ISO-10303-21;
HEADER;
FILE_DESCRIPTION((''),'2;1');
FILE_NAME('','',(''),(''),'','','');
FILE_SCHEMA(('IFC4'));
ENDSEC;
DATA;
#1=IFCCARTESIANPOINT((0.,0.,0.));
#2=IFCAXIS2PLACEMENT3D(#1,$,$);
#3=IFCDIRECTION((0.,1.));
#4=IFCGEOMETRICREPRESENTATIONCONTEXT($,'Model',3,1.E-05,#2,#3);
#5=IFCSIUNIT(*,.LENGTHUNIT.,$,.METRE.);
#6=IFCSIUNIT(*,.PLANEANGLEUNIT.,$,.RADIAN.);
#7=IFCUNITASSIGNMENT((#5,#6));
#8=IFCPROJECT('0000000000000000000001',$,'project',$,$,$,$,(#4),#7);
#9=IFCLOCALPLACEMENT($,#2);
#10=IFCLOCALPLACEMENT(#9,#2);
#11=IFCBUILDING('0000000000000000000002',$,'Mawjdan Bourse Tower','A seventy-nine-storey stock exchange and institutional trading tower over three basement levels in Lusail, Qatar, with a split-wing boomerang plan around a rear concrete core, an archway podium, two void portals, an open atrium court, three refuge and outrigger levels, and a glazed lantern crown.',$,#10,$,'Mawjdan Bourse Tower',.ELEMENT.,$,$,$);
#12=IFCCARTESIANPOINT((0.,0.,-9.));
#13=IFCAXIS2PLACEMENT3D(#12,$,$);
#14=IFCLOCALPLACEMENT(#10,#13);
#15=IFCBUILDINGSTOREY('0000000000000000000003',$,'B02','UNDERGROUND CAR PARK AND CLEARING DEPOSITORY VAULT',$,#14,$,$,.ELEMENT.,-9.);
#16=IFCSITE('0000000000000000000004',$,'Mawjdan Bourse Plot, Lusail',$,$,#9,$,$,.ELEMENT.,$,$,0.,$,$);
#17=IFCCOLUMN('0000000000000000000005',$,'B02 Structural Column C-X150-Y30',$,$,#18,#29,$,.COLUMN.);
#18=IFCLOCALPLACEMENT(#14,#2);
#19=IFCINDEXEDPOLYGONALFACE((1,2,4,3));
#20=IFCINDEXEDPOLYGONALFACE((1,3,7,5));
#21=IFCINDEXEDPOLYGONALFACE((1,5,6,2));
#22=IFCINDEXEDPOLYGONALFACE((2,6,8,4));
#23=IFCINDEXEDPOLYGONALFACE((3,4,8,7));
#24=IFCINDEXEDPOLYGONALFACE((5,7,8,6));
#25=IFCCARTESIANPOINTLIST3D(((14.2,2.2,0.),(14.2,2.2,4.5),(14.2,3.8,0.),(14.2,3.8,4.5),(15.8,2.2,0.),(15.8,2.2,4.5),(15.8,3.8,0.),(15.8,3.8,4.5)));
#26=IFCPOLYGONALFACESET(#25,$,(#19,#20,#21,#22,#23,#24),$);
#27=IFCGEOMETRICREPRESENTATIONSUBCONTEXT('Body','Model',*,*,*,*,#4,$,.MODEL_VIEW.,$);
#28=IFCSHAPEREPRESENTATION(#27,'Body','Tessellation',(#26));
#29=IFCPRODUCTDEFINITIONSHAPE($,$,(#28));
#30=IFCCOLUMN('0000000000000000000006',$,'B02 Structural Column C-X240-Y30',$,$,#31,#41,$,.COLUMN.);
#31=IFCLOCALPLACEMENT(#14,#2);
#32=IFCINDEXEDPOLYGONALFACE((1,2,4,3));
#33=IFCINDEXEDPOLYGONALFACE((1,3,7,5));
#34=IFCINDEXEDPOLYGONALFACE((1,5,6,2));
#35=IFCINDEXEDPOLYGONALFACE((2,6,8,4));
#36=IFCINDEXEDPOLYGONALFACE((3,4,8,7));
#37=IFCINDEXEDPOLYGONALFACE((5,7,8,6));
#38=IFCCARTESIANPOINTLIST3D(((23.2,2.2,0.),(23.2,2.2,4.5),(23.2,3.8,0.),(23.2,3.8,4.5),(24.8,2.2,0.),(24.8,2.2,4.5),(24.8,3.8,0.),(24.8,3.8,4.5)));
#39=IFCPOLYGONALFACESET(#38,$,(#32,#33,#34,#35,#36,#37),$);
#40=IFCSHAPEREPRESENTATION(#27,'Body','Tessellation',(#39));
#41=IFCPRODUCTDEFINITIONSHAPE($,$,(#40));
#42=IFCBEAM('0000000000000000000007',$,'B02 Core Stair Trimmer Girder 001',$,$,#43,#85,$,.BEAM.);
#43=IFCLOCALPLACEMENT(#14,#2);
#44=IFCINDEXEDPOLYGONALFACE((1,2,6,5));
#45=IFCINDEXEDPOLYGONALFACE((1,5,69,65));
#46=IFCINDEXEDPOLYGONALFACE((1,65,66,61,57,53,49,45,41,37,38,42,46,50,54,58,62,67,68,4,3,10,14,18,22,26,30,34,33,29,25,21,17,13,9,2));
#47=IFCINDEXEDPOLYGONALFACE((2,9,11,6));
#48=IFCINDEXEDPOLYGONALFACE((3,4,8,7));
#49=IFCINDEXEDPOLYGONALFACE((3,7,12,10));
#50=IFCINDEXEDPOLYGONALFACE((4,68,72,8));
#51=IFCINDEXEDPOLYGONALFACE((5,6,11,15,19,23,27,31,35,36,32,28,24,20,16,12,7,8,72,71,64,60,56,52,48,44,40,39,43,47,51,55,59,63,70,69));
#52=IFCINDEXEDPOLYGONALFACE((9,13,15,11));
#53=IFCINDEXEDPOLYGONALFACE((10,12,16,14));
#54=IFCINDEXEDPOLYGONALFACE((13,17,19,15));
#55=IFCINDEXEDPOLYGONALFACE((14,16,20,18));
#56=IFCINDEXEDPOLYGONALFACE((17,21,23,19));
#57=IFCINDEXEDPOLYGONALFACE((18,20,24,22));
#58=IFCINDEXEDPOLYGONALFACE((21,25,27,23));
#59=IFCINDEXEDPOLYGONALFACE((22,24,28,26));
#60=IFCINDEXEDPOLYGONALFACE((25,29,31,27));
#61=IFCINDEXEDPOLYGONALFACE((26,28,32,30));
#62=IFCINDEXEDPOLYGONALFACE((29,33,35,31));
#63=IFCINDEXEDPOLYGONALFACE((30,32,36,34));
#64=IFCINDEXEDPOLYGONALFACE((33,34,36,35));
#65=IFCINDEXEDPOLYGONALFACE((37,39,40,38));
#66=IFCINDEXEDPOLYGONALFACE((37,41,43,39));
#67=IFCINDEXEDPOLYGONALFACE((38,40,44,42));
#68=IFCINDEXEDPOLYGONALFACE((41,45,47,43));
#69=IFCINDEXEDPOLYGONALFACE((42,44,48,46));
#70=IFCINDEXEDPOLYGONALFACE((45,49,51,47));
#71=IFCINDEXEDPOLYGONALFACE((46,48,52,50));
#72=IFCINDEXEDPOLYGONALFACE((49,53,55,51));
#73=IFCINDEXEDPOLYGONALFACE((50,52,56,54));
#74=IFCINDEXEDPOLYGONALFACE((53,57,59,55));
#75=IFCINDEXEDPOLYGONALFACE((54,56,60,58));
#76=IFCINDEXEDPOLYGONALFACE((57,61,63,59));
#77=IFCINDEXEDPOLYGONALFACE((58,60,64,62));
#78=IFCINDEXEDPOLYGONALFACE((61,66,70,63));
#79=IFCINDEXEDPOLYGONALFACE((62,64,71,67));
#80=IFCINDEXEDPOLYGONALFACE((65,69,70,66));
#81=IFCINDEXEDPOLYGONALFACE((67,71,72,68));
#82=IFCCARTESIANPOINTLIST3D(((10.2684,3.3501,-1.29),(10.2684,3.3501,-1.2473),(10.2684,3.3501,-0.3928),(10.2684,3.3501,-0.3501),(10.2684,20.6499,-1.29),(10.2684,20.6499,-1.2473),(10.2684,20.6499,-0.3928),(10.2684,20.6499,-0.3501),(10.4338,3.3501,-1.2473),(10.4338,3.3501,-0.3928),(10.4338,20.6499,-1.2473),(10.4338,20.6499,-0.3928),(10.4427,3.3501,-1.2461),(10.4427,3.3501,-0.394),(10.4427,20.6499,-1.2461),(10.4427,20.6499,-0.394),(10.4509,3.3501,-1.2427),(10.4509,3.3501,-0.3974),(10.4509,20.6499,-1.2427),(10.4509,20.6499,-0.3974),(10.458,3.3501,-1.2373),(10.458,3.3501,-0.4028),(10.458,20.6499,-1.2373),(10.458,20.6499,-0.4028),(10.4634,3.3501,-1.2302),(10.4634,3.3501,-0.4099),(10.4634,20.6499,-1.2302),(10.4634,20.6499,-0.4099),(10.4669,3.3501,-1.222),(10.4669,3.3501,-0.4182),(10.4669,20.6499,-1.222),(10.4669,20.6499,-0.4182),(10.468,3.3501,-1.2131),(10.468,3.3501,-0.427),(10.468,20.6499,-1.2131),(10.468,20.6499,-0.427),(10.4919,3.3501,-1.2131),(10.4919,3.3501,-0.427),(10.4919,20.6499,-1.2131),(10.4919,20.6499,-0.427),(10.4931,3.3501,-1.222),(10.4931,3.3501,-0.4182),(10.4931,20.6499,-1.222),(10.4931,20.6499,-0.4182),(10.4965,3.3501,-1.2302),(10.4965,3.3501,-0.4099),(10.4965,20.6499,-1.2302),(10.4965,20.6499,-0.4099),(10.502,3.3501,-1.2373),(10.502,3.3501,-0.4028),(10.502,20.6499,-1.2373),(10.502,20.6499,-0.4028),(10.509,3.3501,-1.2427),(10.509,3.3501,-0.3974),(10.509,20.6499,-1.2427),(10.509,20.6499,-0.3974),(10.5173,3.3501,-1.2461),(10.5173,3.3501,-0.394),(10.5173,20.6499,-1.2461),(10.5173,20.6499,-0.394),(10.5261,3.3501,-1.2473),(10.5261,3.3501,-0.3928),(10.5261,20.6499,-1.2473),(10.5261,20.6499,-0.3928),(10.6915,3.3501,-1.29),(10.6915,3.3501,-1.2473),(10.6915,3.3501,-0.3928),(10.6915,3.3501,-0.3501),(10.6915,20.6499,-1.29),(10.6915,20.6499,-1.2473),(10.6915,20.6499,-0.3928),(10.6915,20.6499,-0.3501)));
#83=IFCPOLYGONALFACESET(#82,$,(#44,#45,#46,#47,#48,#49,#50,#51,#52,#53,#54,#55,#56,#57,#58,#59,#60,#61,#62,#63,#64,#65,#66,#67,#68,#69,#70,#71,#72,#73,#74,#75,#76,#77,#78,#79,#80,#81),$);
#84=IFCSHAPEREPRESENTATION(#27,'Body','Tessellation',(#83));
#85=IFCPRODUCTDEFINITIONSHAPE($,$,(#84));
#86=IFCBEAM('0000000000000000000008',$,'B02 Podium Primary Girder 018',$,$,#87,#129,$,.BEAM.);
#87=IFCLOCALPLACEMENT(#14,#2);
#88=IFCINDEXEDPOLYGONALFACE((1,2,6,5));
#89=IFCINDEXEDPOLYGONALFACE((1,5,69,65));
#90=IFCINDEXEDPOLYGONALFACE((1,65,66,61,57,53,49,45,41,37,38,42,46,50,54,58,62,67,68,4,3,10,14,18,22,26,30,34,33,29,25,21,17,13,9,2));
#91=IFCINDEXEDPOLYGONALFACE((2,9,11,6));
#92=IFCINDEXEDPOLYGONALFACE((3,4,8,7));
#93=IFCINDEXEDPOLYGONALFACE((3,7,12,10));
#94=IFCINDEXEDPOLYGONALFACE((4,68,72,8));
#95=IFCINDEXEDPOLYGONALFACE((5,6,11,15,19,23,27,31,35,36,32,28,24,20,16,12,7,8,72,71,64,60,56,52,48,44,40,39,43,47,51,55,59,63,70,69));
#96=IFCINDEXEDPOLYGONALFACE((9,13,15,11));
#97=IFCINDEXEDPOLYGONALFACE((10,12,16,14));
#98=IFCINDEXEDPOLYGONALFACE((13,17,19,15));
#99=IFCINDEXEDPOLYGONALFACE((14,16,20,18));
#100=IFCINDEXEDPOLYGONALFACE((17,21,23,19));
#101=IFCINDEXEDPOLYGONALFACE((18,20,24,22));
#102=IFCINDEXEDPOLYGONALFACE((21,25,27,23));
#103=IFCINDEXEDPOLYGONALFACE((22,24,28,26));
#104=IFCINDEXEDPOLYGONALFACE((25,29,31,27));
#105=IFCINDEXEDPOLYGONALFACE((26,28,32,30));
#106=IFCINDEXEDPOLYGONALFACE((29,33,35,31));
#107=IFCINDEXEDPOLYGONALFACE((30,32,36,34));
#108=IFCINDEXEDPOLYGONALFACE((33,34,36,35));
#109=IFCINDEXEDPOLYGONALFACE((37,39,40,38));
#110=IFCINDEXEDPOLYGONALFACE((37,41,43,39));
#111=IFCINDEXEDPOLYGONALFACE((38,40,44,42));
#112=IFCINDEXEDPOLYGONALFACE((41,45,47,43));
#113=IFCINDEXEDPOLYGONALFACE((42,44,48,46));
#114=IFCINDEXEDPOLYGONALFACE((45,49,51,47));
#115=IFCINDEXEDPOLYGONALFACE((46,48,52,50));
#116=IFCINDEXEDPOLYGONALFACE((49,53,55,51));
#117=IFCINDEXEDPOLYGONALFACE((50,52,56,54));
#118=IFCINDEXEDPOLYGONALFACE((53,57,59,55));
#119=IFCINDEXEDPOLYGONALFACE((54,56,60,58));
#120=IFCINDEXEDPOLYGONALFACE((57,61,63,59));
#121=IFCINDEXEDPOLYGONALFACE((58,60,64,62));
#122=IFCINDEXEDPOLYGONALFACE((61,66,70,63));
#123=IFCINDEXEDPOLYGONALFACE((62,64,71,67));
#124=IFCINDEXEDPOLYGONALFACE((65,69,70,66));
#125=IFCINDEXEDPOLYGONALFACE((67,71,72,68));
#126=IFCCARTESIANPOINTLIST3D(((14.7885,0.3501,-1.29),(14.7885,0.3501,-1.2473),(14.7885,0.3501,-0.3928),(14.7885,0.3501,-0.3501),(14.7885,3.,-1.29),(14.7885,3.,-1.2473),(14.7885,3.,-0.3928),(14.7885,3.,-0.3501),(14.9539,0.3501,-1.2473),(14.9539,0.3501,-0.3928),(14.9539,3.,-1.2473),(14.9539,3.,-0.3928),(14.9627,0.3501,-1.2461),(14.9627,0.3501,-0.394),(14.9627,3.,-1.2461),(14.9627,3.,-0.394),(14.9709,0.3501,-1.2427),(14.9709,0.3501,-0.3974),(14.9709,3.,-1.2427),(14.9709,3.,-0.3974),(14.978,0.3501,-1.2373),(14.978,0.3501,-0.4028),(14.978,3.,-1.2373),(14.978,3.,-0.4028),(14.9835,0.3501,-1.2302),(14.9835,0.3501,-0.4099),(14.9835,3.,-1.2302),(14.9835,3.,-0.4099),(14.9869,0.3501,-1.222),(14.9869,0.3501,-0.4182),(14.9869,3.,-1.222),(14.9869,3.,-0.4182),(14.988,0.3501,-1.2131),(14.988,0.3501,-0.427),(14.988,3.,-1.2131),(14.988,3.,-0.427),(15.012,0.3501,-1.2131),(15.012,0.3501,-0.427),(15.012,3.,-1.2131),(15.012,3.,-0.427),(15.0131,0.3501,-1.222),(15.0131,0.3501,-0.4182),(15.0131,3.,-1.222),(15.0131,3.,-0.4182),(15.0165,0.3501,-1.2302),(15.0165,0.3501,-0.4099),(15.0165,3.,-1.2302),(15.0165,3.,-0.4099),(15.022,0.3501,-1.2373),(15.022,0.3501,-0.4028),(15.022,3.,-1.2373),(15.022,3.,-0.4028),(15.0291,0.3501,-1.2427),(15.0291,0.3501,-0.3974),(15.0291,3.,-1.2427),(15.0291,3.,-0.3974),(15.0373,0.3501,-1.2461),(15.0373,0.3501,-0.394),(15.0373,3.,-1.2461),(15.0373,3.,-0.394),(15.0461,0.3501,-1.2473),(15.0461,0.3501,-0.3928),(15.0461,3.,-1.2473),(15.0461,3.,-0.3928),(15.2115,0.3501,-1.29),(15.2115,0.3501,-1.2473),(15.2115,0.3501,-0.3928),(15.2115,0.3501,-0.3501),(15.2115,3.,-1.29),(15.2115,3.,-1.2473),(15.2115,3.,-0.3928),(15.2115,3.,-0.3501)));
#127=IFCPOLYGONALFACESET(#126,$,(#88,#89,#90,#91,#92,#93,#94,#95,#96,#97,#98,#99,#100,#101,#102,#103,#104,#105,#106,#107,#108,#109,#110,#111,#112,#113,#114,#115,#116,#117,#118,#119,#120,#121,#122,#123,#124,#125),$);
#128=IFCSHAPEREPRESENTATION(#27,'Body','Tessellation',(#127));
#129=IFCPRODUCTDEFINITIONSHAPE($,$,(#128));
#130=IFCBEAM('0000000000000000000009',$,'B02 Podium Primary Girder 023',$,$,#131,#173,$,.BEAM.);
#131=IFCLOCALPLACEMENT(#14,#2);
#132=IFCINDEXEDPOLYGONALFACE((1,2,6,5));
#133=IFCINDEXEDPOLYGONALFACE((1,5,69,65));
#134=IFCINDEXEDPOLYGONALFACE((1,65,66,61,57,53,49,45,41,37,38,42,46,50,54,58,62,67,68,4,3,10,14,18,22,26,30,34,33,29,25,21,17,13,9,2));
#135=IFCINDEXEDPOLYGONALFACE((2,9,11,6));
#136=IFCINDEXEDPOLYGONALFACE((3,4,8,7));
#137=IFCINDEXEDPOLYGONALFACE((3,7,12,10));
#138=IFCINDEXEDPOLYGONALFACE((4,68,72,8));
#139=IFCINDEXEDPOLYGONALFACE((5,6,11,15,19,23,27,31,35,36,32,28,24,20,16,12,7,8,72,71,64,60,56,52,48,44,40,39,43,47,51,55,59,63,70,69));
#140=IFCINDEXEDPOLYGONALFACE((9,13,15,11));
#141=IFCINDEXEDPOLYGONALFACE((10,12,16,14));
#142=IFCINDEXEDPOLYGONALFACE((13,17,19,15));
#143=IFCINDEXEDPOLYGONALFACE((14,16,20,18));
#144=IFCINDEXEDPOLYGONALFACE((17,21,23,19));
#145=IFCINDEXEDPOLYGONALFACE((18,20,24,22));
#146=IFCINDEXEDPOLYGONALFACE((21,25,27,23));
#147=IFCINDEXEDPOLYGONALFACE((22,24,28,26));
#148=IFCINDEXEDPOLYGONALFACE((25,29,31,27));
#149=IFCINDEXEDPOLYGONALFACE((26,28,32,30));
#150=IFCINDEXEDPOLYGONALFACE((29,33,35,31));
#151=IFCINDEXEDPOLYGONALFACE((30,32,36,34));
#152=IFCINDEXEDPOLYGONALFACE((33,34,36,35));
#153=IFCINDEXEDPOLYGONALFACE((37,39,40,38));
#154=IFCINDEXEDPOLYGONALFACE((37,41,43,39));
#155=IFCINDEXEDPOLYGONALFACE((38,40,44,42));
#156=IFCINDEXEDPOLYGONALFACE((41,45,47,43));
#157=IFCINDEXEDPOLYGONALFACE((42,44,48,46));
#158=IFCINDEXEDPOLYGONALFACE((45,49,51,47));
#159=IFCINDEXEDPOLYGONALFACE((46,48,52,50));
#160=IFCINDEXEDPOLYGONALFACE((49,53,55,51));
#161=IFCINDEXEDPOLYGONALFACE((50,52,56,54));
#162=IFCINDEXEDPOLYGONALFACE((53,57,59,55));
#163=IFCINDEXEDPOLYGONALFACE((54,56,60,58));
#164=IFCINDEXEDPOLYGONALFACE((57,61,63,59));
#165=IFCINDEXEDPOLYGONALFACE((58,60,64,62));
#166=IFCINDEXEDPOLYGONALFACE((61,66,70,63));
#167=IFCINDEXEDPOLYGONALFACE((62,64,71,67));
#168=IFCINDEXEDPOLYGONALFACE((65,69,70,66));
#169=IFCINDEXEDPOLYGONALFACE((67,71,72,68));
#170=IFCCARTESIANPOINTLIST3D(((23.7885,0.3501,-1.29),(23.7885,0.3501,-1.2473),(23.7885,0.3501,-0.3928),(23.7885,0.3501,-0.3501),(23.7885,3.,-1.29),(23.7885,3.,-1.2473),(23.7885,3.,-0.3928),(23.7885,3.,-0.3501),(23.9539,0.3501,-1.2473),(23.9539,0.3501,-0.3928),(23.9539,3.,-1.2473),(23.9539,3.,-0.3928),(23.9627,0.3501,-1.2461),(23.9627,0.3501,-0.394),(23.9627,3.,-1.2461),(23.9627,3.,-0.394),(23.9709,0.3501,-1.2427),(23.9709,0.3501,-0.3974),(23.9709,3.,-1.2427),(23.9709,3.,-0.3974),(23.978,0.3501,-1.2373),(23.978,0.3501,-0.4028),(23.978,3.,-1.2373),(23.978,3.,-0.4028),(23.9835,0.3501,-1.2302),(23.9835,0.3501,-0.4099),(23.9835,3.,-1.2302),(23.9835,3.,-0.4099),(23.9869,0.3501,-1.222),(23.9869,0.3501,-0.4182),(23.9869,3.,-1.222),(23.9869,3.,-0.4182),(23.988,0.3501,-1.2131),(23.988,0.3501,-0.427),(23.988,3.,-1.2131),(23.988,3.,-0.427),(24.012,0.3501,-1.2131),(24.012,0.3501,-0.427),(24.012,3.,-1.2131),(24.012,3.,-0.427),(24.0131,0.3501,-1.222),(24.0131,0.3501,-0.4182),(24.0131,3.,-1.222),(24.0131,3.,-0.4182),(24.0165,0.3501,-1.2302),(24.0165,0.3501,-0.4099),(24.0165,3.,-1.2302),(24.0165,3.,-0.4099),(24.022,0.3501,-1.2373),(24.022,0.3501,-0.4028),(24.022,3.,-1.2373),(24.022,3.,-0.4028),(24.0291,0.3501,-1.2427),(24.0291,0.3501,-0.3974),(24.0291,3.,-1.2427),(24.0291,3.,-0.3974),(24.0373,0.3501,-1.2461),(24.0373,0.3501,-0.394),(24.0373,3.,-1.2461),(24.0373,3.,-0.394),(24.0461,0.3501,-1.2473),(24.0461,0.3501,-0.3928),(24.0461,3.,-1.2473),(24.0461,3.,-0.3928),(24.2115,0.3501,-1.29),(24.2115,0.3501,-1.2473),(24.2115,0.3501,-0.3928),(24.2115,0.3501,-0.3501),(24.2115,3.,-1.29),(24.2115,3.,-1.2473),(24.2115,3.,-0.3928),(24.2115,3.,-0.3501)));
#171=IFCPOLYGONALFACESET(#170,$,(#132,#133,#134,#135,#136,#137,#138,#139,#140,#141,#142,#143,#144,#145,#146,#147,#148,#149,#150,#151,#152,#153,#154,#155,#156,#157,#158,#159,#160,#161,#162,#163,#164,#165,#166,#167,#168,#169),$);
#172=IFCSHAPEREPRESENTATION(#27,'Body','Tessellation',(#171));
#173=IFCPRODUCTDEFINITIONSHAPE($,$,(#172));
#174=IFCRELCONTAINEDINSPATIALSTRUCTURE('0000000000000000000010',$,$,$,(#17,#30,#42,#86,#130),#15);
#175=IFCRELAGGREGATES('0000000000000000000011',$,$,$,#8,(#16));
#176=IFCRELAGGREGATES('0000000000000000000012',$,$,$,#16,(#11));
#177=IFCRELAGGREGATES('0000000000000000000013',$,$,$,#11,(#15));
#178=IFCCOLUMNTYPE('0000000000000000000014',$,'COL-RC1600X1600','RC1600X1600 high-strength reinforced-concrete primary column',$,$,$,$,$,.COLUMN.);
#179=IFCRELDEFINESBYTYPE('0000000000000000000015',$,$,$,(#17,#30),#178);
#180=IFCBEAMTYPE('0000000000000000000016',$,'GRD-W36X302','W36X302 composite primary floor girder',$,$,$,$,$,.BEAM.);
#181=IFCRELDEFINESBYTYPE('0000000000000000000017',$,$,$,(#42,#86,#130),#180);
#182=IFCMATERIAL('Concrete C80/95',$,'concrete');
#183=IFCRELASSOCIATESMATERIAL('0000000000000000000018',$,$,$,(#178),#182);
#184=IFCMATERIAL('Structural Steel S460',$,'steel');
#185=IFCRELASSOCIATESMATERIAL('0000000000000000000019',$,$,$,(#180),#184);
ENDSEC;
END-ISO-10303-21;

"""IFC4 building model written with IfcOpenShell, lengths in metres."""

from ifc_helpers import new_model, si_unit, direction, frame, origin, origin_2d, place, context, subcontext, project, spatial, rectangle, i_section, extrude, material, material_profile, profile_set, type_object, element, save


model = new_model("IFC4")

# Units and contexts
model_context = context("Model", 3, precision=1e-05, world=origin(), true_north=direction((0.0, 1.0)))
body_context = subcontext(model_context, "Body", "Model", "MODEL_VIEW")
ifc_project = project(units=[si_unit("LENGTHUNIT", "METRE"), si_unit("PLANEANGLEUNIT", "RADIAN")], contexts=[model_context])

# Site, building, storey
site_placement = place(None, origin())
site = spatial("IfcSite", under=ifc_project, at=site_placement, Name="Mawjdan Bourse Plot, Lusail", CompositionType="ELEMENT", RefElevation=0.0)
building_placement = place(site_placement, origin())
building = spatial("IfcBuilding", under=site, at=building_placement, Name="Mawjdan Bourse Tower", Description="A seventy-nine-storey stock exchange and institutional trading tower over three basement levels in Lusail, Qatar, with a split-wing boomerang plan around a rear concrete core, an archway podium, two void portals, an open atrium court, three refuge and outrigger levels, and a glazed lantern crown.", LongName="Mawjdan Bourse Tower", CompositionType="ELEMENT")
storey_placement = place(building_placement, frame((0.0, 0.0, -9.0)))
storey = spatial("IfcBuildingStorey", under=building, at=storey_placement, Name="B02", Description="UNDERGROUND CAR PARK AND CLEARING DEPOSITORY VAULT", CompositionType="ELEMENT", Elevation=-9.0)

# Columns
ifc_material_1 = material(Name="Concrete C80/95", Category="concrete")
ifc_material_profile_1 = material_profile(ifc_material_1, rectangle(XDim=1.6001, YDim=1.6001, at=origin_2d()), Name="RC1600X1600")
ifc_profile_set_1 = profile_set([ifc_material_profile_1], Name="Concrete C80/95")
column_type = type_object("IfcColumnType", Name="COL-RC1600X1600", Description="RC1600X1600 high-strength reinforced-concrete primary column", PredefinedType="COLUMN", material=ifc_profile_set_1)
for number, where, z_axis, x_axis, name in (
    (1, (15.0, 3.0, 0.0), (0.0, 0.0, 1.0), (1.0, 0.0, 0.0), "B02 Structural Column C-X150-Y30"),
    (2, (24.0, 3.0, 0.0), (0.0, 0.0, 1.0), (1.0, 0.0, 0.0), "B02 Structural Column C-X240-Y30"),
):
    element("IfcColumn", number, at=place(storey_placement, frame(where, z_axis=z_axis, x_axis=x_axis)), inside=storey, type_object=column_type, Name=name, PredefinedType="COLUMN", context=body_context, shape_type="SweptSolid", body=[
        extrude(rectangle(XDim=1.6001, YDim=1.6001, at=origin_2d()), origin(), (0.0, 0.0, 1.0), 4.5),
    ])

# Beams
ifc_material_2 = material(Name="Structural Steel S460", Category="steel")
ifc_material_profile_2 = material_profile(ifc_material_2, i_section(OverallWidth=0.4231, OverallDepth=0.9399, WebThickness=0.0239, FlangeThickness=0.0427, FilletRadius=0.0342, at=origin_2d()), Name="W36X302")
ifc_profile_set_2 = profile_set([ifc_material_profile_2], Name="Structural Steel S460")
beam_type_1 = type_object("IfcBeamType", Name="GRD-W36X302", Description="W36X302 composite primary floor girder", PredefinedType="BEAM", material=ifc_profile_set_2)
beam_1_placement = place(storey_placement, frame((10.48, 3.3501, -0.8201), z_axis=(0.0, 1.0, 0.0), x_axis=(-1.0, 0.0, 0.0)))
element("IfcBeam", 3, at=beam_1_placement, inside=storey, type_object=beam_type_1, Name="B02 Core Stair Trimmer Girder 001", PredefinedType="BEAM", context=body_context, shape_type="SweptSolid", body=[
    extrude(i_section(OverallWidth=0.4231, OverallDepth=0.9399, WebThickness=0.0239, FlangeThickness=0.0427, FilletRadius=0.0342, at=origin_2d()), origin(), (0.0, 0.0, 1.0), 17.2998),
])
for number, where, z_axis, x_axis, name in (
    (4, (15.0, 0.3501, -0.8201), (0.0, 1.0, 0.0), (-1.0, 0.0, 0.0), "B02 Podium Primary Girder 018"),
    (5, (24.0, 0.3501, -0.8201), (0.0, 1.0, 0.0), (-1.0, 0.0, 0.0), "B02 Podium Primary Girder 023"),
):
    element("IfcBeam", number, at=place(storey_placement, frame(where, z_axis=z_axis, x_axis=x_axis)), inside=storey, type_object=beam_type_1, Name=name, PredefinedType="BEAM", context=body_context, shape_type="SweptSolid", body=[
        extrude(i_section(OverallWidth=0.4231, OverallDepth=0.9399, WebThickness=0.0239, FlangeThickness=0.0427, FilletRadius=0.0342, at=origin_2d()), origin(), (0.0, 0.0, 1.0), 2.6499),
    ])

save(model, "model.ifc")
